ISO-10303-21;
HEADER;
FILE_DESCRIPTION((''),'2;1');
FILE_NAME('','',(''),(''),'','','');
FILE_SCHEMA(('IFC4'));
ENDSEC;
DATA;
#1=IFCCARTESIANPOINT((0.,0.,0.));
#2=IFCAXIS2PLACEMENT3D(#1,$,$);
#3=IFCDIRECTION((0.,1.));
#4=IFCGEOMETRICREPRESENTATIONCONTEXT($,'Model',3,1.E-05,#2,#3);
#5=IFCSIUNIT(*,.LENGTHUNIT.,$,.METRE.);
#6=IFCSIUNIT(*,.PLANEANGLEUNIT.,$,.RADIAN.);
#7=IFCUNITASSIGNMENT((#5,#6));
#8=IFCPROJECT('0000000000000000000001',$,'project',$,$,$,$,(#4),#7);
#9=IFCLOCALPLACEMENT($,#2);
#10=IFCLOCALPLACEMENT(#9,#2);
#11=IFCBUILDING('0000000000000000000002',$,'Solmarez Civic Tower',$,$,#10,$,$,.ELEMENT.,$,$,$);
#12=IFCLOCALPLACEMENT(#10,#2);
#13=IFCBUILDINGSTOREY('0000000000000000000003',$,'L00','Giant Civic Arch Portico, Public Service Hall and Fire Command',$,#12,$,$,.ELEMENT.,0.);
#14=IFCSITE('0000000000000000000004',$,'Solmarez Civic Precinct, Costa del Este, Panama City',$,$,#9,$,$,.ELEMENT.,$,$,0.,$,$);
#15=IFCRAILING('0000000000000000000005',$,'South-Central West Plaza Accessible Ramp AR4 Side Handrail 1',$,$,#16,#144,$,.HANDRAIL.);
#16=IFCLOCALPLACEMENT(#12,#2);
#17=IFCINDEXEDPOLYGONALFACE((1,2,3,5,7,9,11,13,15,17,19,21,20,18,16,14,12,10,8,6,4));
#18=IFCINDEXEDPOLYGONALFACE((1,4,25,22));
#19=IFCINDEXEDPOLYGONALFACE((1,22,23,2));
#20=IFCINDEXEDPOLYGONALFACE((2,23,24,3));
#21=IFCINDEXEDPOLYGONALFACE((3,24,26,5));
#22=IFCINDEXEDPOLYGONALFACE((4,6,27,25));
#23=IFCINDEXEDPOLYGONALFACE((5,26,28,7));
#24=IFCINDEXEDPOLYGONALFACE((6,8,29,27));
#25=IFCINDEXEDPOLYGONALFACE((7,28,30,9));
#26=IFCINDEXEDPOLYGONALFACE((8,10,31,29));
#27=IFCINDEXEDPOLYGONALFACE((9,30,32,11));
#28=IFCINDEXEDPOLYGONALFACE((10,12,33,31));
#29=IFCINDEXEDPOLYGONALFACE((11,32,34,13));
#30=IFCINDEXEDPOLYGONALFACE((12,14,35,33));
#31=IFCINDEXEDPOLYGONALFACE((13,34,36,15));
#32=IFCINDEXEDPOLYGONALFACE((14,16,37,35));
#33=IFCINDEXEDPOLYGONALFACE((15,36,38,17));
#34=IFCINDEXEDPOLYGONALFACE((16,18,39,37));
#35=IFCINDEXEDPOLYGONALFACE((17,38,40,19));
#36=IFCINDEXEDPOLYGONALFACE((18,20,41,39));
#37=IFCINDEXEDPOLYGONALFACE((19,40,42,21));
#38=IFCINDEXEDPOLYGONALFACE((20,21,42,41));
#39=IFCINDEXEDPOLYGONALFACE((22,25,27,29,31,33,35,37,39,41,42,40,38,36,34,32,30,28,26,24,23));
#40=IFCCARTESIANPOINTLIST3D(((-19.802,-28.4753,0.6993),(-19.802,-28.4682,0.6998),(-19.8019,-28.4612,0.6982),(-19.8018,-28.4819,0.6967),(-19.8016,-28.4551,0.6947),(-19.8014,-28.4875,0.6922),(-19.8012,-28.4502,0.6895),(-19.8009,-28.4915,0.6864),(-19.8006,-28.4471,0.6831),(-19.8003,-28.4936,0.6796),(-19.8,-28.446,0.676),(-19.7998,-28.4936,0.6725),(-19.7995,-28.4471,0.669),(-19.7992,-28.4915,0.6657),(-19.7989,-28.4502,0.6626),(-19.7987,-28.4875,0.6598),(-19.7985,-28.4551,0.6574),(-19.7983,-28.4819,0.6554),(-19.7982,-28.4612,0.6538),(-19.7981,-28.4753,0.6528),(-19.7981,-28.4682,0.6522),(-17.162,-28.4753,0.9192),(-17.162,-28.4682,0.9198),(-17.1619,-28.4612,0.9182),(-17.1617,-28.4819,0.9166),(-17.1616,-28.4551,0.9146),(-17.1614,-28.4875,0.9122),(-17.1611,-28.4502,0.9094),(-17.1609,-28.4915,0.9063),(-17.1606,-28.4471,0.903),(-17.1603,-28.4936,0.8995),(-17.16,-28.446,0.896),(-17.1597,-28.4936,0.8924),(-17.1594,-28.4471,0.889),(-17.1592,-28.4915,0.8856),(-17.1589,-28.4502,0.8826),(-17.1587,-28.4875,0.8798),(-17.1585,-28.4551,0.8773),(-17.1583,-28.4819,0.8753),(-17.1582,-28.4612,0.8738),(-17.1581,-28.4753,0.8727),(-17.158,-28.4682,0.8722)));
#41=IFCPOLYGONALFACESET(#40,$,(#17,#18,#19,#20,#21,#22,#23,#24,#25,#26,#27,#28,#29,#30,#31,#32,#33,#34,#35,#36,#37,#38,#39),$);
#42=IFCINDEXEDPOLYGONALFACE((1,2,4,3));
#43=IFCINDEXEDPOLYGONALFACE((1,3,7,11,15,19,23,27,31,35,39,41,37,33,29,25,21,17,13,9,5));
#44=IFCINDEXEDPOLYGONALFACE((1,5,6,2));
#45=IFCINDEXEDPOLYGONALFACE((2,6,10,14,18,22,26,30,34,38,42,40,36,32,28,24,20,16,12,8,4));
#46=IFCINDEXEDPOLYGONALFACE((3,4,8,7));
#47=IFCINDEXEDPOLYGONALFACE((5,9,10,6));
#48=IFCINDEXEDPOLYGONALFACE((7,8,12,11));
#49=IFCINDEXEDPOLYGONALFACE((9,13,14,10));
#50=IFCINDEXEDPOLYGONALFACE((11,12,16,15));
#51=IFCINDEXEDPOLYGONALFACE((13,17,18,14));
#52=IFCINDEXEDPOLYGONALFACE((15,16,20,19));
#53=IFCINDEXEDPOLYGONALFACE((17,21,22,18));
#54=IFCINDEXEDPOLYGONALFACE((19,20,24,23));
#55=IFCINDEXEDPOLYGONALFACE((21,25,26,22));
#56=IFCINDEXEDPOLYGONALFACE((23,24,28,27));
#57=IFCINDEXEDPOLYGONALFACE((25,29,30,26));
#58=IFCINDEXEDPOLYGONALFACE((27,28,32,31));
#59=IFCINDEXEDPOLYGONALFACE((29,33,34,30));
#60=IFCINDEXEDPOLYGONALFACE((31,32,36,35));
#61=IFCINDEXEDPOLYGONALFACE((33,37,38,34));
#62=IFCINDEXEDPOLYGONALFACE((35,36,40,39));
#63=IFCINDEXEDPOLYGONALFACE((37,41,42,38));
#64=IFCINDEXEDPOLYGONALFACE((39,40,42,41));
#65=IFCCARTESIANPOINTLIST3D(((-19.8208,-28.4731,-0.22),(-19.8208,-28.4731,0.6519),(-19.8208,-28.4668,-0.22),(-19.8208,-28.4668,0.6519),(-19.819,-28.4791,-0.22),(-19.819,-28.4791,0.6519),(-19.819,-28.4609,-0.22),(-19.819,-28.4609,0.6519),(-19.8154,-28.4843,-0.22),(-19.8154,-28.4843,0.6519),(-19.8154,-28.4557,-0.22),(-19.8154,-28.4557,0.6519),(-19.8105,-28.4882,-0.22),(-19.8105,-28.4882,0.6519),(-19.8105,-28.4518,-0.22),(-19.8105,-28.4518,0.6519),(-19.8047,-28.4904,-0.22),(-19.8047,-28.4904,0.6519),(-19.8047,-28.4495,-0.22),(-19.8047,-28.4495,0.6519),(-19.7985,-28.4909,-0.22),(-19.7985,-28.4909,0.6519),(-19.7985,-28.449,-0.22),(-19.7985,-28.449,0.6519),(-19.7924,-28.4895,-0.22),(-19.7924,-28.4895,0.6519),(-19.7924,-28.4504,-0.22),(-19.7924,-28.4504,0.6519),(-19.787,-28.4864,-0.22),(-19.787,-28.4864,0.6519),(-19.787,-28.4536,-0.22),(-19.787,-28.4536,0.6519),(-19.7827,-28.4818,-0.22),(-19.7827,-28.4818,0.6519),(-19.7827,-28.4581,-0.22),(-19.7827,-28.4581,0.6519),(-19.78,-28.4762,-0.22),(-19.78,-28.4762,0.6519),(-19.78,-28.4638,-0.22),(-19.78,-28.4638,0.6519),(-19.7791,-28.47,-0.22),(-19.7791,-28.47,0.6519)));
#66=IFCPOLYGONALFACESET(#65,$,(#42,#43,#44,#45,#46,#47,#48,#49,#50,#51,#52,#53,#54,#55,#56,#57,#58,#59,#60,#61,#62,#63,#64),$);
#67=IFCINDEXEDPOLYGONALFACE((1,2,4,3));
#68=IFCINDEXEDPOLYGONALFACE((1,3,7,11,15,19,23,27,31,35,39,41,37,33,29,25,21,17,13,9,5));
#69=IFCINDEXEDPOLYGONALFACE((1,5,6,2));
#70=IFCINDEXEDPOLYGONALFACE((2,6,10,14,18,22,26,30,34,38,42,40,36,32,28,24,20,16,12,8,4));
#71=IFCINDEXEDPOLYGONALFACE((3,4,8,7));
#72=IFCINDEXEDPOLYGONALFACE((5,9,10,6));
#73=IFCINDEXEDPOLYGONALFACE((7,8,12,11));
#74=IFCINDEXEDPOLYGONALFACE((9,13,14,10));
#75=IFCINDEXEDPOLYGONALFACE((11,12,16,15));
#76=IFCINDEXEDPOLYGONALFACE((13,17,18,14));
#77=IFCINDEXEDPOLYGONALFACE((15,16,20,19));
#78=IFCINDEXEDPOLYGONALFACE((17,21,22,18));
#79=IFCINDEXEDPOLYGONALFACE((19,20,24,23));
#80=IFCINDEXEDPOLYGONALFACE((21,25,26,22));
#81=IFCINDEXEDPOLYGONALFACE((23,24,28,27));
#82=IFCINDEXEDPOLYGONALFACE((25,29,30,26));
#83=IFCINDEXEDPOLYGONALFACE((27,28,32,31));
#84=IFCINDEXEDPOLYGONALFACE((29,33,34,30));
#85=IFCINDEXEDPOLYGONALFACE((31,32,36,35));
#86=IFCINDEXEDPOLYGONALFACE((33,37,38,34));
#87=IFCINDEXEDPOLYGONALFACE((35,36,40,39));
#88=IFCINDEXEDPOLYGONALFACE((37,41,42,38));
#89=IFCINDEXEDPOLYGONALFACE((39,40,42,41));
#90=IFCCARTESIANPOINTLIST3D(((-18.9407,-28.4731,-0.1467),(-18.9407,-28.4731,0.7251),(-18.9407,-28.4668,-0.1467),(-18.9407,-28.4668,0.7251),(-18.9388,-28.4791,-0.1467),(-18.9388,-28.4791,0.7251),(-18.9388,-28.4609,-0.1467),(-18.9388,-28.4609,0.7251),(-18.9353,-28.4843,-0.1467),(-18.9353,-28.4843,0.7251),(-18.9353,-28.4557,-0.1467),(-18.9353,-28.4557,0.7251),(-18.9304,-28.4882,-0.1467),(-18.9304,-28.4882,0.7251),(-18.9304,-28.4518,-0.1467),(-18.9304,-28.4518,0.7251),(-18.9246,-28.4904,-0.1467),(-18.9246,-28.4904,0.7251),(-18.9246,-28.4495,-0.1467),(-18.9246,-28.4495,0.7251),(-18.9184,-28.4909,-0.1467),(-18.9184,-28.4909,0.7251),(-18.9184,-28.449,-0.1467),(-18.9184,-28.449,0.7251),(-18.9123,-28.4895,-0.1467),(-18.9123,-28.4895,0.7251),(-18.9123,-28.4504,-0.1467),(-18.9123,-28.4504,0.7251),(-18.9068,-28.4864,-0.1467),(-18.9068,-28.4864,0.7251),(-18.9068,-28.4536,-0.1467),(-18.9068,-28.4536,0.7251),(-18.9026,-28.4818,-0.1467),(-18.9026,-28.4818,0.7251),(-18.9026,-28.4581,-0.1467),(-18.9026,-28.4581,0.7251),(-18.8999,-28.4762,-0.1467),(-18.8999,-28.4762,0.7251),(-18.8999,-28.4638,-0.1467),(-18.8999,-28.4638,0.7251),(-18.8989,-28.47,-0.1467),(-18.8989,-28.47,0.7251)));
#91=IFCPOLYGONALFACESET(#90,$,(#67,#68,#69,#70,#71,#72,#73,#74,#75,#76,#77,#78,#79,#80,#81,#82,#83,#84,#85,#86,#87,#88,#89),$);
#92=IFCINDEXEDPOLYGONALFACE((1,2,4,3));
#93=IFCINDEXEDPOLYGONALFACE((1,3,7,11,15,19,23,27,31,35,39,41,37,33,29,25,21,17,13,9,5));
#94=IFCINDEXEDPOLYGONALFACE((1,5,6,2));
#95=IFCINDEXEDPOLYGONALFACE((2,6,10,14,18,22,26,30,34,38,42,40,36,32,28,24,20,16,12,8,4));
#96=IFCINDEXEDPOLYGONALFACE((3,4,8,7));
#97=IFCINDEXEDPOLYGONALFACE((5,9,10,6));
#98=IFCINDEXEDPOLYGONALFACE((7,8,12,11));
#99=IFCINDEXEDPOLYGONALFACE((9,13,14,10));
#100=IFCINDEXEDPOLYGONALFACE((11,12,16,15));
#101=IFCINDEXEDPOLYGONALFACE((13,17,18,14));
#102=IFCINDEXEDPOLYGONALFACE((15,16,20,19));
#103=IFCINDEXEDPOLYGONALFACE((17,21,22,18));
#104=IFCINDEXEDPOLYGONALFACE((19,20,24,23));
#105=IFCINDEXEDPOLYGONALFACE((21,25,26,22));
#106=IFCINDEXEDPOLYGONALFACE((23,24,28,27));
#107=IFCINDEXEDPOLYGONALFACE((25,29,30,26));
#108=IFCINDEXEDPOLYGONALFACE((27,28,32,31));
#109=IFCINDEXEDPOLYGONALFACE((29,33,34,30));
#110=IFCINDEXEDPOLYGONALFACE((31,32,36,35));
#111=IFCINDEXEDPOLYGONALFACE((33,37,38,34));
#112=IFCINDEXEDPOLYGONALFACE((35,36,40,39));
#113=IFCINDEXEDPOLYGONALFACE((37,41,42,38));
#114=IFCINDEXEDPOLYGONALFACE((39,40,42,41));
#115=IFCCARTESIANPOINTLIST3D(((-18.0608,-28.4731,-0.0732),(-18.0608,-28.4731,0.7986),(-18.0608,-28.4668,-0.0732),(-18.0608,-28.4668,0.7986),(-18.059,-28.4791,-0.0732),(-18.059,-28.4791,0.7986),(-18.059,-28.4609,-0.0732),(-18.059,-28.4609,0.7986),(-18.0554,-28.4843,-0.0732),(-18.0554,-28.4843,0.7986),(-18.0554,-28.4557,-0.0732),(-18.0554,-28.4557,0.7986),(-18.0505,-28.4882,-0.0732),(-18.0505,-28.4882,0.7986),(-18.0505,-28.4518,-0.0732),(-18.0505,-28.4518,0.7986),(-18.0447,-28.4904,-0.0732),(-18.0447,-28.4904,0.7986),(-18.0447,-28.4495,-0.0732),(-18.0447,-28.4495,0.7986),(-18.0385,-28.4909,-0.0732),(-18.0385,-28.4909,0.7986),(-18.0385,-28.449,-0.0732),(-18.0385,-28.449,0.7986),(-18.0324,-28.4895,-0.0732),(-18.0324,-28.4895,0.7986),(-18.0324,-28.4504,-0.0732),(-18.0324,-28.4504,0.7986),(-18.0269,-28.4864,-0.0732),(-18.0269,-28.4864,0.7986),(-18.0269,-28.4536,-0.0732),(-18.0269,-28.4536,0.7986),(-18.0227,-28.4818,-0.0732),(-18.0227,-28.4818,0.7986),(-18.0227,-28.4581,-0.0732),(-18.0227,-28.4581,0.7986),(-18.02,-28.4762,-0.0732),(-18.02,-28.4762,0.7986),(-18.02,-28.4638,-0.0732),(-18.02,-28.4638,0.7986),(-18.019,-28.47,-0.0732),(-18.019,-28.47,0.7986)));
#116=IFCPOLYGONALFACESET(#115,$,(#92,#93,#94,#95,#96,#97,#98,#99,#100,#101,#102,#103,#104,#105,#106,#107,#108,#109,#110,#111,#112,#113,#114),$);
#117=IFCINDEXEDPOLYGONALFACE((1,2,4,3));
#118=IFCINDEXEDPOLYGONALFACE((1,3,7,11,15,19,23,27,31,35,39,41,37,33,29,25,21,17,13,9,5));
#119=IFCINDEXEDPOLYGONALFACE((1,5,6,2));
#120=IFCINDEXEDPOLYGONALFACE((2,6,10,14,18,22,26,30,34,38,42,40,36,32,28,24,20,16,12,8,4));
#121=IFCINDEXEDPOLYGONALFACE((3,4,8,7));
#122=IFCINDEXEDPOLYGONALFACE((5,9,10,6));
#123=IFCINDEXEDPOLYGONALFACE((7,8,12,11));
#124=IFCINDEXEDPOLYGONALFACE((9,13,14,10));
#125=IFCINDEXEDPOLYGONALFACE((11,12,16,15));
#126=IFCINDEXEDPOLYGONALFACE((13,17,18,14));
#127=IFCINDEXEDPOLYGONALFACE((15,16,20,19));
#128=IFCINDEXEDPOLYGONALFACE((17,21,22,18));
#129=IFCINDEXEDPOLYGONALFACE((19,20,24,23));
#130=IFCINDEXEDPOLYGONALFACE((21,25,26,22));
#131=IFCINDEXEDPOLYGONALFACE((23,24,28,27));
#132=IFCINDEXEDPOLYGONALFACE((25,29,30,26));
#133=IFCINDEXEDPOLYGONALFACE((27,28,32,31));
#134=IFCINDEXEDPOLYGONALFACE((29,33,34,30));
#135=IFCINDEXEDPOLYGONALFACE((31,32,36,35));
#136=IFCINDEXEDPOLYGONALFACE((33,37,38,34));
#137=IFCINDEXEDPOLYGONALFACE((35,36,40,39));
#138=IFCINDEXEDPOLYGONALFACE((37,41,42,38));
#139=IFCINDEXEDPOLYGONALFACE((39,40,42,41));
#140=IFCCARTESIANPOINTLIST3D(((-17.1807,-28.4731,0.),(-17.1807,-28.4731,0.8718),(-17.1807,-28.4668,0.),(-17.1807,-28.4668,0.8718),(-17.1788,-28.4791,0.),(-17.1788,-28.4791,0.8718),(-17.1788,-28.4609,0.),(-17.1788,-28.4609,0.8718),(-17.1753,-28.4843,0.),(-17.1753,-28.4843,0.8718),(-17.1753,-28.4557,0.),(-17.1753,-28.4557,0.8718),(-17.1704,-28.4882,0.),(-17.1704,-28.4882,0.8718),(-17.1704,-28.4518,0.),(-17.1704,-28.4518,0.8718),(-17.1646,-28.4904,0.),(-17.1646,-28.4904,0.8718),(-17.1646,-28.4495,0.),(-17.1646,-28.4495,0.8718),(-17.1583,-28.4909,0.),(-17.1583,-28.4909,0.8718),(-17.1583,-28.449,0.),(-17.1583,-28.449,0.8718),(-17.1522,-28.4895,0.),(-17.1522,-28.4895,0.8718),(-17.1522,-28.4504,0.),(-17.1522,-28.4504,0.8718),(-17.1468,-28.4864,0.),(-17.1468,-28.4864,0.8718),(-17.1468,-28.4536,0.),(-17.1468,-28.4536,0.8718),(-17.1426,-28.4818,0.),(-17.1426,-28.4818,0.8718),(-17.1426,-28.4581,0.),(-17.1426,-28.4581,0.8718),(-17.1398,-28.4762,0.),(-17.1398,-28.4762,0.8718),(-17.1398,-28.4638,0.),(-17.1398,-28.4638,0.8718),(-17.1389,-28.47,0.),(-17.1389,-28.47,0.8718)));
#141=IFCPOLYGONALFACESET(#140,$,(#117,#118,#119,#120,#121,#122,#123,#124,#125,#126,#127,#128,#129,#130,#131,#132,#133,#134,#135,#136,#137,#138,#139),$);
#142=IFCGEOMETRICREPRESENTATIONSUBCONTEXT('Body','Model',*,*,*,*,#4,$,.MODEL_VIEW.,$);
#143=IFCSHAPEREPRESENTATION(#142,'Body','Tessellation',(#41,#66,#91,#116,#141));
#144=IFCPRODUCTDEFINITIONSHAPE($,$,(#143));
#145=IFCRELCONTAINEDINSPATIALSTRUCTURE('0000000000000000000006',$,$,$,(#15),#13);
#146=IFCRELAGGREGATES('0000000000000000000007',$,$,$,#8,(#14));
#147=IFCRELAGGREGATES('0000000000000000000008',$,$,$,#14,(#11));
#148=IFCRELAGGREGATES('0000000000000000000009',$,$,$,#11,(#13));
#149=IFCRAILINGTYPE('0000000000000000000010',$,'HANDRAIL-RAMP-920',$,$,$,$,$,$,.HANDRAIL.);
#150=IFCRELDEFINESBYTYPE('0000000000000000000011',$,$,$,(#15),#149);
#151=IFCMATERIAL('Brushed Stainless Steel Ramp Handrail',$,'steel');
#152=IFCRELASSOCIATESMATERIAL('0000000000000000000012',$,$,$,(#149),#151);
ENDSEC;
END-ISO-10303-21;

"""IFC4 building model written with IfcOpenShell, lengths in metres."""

from ifc_helpers import new_model, si_unit, direction, frame, origin, origin_2d, place, context, subcontext, project, spatial, circle, extrude, material, type_object, element, save


model = new_model("IFC4")

# Units and contexts
model_context = context("Model", 3, precision=1e-05, world=origin(), true_north=direction((0.0, 1.0)))
body_context = subcontext(model_context, "Body", "Model", "MODEL_VIEW")
ifc_project = project(units=[si_unit("LENGTHUNIT", "METRE"), si_unit("PLANEANGLEUNIT", "RADIAN")], contexts=[model_context])

# Site, building, storey
site_placement = place(None, origin())
site = spatial("IfcSite", under=ifc_project, at=site_placement, Name="Solmarez Civic Precinct, Costa del Este, Panama City", CompositionType="ELEMENT", RefElevation=0.0)
building_placement = place(site_placement, origin())
building = spatial("IfcBuilding", under=site, at=building_placement, Name="Solmarez Civic Tower", CompositionType="ELEMENT")
storey_placement = place(building_placement, origin())
storey = spatial("IfcBuildingStorey", under=building, at=storey_placement, Name="L00", Description="Giant Civic Arch Portico, Public Service Hall and Fire Command", CompositionType="ELEMENT", Elevation=0.0)

# Railing
ifc_material_1 = material(Name="Brushed Stainless Steel Ramp Handrail", Category="steel")
railing_type = type_object("IfcRailingType", Name="HANDRAIL-RAMP-920", PredefinedType="HANDRAIL", material=ifc_material_1)
for number, where, name in (
    (1, (-19.8, -28.47, -0.22), "South-Central West Plaza Accessible Ramp AR4 Side Handrail 1"),
):
    element("IfcRailing", number, at=place(storey_placement, frame(where)), inside=storey, type_object=railing_type, Name=name, PredefinedType="HANDRAIL", context=body_context, shape_type="SweptSolid", body=[
        extrude(circle(Radius=0.0239, at=origin_2d()), frame((0.0, 0.0, 0.896), z_axis=(0.996547, 0.0, 0.08303), x_axis=(0.0, 1.0, 0.0)), (0.0, 0.0, 1.0), 2.6492),
        extrude(circle(Radius=0.021, at=origin_2d()), origin(), (0.0, 0.0, 1.0), 0.8718),
        extrude(circle(Radius=0.021, at=origin_2d()), frame((0.8801, 0.0, 0.0732)), (0.0, 0.0, 1.0), 0.8718),
        extrude(circle(Radius=0.021, at=origin_2d()), frame((1.76, 0.0, 0.1467)), (0.0, 0.0, 1.0), 0.8718),
        extrude(circle(Radius=0.021, at=origin_2d()), frame((2.6401, 0.0, 0.22)), (0.0, 0.0, 1.0), 0.8718),
    ])

save(model, "model.ifc")
